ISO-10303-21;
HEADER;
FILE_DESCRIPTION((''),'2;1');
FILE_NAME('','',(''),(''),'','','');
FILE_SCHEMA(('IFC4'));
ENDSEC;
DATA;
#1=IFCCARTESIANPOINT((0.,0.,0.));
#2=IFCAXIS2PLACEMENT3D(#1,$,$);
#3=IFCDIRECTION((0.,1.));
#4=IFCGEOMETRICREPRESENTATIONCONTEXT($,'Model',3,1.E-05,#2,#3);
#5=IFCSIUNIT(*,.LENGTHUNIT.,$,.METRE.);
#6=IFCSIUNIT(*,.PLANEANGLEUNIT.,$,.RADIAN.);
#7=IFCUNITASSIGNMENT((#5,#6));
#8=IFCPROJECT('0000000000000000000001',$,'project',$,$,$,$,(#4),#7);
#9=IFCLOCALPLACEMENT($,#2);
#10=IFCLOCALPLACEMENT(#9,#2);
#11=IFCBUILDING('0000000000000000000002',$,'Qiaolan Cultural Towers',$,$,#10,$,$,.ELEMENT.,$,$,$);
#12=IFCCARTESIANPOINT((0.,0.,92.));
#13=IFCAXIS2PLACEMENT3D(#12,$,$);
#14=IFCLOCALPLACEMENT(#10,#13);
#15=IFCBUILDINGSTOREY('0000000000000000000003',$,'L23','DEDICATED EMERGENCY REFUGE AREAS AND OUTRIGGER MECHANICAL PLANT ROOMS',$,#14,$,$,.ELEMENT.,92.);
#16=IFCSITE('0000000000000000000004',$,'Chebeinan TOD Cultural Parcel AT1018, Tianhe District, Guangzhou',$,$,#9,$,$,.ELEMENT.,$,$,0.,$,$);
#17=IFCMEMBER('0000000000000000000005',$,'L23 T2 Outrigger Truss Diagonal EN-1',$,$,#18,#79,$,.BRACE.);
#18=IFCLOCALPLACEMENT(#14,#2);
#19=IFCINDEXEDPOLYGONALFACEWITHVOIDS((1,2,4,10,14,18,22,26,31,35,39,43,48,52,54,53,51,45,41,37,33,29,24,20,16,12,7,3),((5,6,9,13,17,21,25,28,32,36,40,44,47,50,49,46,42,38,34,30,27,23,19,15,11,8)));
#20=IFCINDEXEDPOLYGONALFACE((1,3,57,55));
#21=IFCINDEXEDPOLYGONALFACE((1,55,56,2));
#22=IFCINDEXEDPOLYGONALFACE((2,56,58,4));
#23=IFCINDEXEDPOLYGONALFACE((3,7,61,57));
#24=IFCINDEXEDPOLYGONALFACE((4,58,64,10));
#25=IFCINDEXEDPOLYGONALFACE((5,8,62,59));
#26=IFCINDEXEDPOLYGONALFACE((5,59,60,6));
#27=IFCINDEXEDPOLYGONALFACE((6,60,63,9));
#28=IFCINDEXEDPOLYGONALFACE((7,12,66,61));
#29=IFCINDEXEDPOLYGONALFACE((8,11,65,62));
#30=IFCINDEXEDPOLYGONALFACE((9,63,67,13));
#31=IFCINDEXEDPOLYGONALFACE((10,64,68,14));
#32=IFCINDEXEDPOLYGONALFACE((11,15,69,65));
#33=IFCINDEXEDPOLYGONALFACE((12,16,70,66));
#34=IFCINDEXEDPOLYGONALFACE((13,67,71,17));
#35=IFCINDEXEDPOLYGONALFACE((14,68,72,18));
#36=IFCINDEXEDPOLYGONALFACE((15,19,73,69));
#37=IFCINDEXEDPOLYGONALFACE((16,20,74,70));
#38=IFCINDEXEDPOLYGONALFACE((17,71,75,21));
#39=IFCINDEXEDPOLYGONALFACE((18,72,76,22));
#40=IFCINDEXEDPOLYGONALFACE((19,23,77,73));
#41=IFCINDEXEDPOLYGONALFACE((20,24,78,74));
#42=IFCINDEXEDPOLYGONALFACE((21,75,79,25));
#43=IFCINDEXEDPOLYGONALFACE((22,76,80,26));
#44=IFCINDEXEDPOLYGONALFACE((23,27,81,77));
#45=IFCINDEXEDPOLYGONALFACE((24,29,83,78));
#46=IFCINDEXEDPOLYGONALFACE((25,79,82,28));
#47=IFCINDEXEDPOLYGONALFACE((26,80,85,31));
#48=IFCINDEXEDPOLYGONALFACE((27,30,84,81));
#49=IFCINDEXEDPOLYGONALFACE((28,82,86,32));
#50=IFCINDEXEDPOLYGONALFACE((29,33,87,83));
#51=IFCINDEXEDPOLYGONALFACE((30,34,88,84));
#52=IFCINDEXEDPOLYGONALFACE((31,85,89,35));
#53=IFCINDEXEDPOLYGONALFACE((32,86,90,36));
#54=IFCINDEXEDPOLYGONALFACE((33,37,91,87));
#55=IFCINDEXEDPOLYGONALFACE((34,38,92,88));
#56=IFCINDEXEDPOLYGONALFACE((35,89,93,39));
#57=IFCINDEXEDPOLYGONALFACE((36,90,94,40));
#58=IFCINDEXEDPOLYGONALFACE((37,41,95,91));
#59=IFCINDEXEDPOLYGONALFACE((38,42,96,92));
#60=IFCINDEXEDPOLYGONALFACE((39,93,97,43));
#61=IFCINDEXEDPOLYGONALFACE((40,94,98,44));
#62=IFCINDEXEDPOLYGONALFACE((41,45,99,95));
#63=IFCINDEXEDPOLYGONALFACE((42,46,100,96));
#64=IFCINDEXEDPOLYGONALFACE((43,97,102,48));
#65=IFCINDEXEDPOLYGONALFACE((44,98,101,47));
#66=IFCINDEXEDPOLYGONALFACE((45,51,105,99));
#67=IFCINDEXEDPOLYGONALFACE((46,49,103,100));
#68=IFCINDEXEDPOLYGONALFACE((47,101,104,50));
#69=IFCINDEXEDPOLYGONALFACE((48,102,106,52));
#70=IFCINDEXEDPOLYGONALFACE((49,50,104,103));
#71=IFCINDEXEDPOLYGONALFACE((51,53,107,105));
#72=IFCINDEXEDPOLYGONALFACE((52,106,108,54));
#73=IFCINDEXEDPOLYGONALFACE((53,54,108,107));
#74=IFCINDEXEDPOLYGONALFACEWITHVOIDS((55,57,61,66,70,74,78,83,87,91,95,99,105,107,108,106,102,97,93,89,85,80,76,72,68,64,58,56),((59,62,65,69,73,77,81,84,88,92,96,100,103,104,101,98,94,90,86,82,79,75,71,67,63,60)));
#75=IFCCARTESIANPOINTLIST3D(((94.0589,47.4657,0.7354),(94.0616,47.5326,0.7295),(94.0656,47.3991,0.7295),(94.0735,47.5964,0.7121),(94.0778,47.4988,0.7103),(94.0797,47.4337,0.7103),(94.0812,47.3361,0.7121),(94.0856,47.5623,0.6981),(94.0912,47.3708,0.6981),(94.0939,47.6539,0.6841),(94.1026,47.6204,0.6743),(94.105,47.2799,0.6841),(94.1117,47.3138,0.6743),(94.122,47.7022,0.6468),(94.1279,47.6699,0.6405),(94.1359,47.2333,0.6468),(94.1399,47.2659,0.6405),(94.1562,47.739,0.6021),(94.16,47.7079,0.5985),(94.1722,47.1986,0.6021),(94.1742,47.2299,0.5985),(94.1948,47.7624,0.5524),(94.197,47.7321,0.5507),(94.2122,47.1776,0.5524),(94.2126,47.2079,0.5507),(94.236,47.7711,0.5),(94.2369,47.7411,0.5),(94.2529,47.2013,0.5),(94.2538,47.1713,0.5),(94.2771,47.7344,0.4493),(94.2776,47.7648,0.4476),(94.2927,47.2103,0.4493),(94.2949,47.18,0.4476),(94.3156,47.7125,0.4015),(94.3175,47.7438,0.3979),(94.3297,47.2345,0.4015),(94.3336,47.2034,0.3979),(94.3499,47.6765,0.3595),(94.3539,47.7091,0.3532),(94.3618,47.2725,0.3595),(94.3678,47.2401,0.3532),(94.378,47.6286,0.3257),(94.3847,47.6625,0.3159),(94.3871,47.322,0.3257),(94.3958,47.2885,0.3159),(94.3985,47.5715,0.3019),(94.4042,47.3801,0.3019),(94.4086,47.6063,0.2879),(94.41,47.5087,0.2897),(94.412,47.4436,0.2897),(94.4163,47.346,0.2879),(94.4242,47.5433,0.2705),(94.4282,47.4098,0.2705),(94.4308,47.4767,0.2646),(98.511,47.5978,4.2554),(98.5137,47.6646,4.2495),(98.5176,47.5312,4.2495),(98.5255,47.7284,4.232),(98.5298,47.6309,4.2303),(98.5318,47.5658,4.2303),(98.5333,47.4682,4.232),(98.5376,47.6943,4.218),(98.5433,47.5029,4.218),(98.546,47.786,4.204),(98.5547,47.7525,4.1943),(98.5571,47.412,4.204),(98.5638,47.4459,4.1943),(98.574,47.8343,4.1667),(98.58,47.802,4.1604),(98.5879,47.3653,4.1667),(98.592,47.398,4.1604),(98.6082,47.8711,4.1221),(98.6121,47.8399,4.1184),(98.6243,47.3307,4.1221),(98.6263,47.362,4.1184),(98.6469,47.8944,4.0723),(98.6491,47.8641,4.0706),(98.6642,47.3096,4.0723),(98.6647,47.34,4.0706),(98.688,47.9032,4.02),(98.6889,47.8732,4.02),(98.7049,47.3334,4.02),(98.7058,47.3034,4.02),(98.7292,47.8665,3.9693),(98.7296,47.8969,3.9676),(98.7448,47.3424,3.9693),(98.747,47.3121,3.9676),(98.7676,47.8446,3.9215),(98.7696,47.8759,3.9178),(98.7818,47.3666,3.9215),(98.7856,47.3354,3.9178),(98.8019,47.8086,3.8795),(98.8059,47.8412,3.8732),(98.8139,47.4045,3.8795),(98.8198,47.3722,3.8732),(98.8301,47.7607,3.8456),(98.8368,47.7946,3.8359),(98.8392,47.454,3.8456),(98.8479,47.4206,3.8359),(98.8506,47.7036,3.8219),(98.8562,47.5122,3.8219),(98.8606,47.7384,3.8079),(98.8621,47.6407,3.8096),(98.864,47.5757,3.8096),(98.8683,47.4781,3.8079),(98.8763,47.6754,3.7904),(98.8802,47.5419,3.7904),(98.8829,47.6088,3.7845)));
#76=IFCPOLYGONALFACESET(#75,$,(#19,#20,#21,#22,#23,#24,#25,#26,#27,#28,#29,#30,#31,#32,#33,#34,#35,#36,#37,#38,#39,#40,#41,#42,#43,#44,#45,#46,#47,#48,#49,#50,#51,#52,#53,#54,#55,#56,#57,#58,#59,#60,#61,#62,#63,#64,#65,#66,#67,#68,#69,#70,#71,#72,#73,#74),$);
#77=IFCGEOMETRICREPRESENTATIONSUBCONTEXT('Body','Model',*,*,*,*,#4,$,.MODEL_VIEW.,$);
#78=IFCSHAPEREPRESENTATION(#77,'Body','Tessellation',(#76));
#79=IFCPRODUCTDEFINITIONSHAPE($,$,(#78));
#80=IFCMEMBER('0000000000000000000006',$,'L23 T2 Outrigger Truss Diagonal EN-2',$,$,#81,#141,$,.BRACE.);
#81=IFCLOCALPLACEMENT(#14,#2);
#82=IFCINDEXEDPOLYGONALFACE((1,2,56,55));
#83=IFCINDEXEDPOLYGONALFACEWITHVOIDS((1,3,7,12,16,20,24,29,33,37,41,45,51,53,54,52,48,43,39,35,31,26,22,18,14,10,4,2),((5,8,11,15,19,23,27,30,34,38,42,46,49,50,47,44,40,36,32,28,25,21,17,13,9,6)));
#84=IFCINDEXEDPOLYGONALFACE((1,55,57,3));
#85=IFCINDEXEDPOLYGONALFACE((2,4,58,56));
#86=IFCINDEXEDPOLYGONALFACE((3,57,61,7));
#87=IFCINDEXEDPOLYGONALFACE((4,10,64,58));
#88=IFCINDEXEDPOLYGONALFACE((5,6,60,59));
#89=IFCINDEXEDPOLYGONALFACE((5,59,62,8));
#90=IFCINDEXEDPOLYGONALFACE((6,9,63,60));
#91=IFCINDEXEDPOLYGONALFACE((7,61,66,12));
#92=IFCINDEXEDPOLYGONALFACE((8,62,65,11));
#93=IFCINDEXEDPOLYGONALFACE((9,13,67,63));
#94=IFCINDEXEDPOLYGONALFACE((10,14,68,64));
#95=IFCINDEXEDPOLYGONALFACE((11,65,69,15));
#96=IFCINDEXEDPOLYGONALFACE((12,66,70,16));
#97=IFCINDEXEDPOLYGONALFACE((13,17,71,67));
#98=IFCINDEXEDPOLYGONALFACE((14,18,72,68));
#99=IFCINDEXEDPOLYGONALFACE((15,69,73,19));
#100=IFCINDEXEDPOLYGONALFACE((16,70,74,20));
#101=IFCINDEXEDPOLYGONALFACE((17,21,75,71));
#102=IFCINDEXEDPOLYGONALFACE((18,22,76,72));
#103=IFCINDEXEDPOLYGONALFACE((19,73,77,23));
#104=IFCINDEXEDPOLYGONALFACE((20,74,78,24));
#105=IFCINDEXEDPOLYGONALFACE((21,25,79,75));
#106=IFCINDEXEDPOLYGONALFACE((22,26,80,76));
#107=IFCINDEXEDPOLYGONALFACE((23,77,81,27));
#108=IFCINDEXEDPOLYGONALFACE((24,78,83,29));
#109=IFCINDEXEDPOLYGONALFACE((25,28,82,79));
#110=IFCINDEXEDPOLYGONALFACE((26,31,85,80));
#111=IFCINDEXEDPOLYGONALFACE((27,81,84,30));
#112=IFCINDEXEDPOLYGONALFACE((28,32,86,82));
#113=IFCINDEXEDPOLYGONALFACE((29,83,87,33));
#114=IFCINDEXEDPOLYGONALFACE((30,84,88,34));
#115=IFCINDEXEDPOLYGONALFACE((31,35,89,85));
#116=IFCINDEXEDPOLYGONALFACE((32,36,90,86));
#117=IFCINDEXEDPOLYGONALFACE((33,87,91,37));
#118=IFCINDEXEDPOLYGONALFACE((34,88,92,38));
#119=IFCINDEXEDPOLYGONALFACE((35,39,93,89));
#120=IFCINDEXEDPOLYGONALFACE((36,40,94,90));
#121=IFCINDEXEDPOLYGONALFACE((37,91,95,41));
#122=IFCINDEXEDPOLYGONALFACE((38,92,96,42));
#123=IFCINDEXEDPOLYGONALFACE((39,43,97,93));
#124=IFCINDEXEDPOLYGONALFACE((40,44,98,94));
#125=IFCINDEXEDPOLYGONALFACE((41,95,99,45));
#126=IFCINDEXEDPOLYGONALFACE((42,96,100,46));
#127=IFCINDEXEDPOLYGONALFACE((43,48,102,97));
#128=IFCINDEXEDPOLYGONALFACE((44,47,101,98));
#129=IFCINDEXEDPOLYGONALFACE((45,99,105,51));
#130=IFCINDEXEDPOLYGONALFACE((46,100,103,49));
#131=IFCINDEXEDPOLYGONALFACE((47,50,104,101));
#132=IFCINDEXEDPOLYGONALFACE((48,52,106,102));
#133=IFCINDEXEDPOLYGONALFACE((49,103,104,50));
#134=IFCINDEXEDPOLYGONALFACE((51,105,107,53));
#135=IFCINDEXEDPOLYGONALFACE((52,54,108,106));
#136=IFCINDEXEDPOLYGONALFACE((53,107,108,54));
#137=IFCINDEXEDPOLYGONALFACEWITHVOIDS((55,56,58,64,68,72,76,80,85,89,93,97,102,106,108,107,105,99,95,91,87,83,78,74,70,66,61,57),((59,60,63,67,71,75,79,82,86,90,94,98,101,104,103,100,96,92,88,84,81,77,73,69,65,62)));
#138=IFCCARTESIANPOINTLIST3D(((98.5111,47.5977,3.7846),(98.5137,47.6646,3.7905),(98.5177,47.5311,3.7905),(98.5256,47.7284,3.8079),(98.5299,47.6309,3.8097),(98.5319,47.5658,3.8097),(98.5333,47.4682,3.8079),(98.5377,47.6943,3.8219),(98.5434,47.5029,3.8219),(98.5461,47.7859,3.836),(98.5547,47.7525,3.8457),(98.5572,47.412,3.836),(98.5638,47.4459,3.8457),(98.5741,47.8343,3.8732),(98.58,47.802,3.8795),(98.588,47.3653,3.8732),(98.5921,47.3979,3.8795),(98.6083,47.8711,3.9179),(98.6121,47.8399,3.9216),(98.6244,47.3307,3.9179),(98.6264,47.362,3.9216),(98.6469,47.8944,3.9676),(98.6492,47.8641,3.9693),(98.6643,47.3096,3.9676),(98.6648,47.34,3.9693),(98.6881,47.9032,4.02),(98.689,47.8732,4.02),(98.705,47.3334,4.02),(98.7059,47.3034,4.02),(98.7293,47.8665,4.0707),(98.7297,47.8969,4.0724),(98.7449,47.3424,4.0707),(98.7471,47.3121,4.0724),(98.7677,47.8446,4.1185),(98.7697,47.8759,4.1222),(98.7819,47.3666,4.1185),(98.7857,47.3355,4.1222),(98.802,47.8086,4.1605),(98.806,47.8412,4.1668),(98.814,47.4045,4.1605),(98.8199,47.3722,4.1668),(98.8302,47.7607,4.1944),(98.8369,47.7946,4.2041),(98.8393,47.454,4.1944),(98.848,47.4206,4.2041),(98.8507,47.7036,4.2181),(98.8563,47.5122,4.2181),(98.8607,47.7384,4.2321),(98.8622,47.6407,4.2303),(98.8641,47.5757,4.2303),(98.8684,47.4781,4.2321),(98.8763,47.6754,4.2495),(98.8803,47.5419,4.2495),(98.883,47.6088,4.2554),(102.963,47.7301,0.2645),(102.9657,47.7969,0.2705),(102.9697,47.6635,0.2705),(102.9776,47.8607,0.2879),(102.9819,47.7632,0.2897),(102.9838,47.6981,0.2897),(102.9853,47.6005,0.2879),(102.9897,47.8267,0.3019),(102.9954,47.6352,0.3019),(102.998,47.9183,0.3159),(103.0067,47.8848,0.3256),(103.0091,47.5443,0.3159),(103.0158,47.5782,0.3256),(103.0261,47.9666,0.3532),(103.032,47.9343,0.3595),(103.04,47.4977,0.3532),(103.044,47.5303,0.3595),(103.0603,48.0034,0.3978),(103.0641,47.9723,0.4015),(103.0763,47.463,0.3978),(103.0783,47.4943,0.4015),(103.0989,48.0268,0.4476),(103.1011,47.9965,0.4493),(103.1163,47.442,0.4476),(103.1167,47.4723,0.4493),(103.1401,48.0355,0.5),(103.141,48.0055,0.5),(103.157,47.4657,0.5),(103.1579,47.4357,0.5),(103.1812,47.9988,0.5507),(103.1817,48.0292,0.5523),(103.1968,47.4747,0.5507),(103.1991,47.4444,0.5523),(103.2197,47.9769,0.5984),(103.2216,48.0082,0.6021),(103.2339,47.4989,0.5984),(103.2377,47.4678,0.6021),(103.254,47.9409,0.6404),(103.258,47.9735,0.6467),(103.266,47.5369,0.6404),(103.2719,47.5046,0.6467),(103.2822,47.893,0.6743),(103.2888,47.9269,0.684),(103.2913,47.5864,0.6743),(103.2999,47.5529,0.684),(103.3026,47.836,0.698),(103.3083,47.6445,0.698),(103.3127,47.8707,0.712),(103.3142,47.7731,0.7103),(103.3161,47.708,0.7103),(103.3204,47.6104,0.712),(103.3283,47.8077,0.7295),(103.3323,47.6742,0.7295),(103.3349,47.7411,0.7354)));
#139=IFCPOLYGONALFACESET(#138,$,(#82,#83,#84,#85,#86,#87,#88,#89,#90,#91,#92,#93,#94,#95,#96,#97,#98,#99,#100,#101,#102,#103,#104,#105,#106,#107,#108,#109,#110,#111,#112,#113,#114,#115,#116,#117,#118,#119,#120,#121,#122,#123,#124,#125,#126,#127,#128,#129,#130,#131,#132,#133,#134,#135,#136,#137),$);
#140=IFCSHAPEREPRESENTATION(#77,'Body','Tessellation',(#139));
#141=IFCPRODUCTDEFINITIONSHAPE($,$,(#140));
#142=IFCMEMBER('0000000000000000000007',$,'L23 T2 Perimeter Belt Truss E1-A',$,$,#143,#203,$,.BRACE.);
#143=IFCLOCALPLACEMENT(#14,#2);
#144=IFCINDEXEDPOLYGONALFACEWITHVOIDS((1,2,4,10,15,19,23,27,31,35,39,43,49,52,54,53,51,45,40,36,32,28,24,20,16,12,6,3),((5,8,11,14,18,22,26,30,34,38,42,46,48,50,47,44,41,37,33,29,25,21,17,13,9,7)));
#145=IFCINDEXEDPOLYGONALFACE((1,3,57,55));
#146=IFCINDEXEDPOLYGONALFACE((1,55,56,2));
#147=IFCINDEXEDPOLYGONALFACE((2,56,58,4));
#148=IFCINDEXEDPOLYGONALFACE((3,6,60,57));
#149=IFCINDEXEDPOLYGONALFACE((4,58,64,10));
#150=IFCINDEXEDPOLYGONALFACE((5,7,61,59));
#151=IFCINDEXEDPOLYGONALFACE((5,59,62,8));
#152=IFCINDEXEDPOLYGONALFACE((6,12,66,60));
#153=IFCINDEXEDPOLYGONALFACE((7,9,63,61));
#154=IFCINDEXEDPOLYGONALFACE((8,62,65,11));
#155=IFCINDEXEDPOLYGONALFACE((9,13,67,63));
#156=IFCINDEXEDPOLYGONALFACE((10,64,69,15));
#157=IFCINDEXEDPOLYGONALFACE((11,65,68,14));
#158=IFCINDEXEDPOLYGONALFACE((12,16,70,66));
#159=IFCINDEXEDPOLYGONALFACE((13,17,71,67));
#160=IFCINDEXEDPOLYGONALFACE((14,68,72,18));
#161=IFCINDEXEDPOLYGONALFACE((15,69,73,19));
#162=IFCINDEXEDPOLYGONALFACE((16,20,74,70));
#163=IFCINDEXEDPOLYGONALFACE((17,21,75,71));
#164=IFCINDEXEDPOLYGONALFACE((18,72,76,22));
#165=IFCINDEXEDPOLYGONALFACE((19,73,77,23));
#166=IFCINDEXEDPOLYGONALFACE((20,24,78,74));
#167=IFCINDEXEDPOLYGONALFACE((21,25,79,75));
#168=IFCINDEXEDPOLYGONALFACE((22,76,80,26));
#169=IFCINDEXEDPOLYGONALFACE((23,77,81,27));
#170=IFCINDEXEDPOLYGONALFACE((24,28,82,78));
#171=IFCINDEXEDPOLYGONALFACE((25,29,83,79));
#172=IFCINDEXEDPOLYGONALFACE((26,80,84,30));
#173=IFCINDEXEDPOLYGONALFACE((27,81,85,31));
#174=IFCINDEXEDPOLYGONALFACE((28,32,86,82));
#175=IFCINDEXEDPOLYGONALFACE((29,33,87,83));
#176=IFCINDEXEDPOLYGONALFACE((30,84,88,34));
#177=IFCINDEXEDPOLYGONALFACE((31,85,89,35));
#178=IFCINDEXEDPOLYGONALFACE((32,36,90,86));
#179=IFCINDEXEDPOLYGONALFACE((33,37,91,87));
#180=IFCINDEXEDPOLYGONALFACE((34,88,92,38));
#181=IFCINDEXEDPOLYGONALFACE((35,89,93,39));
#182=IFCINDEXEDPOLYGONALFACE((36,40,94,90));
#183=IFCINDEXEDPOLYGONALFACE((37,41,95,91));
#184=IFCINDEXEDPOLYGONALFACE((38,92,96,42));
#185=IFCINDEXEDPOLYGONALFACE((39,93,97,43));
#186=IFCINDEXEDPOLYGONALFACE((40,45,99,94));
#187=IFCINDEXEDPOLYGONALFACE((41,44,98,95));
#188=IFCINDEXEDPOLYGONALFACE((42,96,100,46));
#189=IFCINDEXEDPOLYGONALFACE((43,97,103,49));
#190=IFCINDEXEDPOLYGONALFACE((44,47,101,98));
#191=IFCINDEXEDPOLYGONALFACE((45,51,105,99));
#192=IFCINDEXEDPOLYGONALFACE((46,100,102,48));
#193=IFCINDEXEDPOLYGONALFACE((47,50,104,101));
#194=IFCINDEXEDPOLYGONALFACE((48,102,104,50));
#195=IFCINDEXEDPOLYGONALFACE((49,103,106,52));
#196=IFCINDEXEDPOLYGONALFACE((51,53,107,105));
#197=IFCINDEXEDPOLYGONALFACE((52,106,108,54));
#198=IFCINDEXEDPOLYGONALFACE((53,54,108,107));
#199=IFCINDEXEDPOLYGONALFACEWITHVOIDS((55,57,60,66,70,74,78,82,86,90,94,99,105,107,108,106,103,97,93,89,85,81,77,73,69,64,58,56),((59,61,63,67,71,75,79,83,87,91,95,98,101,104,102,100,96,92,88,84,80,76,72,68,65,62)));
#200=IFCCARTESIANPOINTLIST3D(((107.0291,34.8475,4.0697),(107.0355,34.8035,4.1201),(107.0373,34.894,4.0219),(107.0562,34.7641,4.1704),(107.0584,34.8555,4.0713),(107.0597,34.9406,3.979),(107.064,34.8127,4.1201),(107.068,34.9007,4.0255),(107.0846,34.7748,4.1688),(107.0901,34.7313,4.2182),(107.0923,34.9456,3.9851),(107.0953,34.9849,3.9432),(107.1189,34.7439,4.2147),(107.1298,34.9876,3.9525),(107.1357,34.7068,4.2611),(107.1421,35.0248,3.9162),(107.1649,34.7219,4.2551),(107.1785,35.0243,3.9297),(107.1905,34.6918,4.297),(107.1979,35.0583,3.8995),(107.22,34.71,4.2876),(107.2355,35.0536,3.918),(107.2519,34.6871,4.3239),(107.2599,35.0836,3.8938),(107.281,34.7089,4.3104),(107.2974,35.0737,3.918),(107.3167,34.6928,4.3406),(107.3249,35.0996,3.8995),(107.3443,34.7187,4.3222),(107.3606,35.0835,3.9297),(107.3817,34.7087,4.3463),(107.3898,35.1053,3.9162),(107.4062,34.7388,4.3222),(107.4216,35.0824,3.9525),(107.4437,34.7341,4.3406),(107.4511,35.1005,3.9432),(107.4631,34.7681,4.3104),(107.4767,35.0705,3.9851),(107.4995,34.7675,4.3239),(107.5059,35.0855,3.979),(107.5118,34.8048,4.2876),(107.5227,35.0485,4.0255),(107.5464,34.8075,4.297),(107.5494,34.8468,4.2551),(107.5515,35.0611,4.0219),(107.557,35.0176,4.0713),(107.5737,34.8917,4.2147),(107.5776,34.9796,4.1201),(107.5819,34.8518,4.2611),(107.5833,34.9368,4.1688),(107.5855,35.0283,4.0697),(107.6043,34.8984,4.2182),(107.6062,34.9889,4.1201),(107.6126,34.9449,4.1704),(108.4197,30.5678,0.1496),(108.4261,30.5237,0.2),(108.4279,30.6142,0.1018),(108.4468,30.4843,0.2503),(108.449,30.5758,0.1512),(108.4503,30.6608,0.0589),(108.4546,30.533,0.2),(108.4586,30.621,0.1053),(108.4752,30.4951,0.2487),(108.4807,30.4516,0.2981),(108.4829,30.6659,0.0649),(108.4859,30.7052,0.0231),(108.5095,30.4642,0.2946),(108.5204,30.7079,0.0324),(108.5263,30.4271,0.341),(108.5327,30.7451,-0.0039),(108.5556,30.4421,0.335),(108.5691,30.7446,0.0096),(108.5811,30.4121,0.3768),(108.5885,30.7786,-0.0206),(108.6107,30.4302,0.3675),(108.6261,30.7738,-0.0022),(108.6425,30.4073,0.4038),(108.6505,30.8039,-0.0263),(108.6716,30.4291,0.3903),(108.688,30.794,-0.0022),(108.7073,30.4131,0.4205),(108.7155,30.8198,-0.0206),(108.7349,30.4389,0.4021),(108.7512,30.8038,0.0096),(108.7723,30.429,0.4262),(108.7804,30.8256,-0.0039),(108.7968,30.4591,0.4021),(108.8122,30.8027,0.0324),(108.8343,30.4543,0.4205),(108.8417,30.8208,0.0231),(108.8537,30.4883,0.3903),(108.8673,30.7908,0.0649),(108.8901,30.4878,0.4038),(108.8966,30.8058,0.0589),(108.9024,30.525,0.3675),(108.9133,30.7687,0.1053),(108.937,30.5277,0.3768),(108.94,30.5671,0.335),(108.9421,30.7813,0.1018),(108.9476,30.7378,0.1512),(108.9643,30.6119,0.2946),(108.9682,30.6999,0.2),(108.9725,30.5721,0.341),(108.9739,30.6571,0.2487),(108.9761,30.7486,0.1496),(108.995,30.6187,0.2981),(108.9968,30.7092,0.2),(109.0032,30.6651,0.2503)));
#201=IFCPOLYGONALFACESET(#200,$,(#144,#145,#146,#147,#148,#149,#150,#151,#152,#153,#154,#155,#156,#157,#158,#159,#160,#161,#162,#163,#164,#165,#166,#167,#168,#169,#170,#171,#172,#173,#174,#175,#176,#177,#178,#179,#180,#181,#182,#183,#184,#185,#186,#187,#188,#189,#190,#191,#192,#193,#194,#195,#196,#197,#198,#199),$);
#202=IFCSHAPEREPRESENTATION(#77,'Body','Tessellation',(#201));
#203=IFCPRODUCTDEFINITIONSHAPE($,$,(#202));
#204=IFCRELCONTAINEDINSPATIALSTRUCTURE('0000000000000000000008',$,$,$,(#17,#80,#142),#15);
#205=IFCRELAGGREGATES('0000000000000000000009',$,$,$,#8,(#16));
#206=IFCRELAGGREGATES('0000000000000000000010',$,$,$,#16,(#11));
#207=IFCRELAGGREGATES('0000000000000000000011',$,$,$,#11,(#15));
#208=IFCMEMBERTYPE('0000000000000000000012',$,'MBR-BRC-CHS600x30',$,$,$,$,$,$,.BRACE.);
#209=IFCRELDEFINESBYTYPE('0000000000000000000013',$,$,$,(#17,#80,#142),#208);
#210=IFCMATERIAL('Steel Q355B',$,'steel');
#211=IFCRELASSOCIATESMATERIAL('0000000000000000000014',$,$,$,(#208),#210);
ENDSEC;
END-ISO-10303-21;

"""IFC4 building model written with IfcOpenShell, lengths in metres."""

from ifc_helpers import new_model, si_unit, direction, frame, origin, origin_2d, place, context, subcontext, project, spatial, hollow_circle, extrude, material, material_profile, profile_set, type_object, element, save


model = new_model("IFC4")

# Units and contexts
model_context = context("Model", 3, precision=1e-05, world=origin(), true_north=direction((0.0, 1.0)))
body_context = subcontext(model_context, "Body", "Model", "MODEL_VIEW")
ifc_project = project(units=[si_unit("LENGTHUNIT", "METRE"), si_unit("PLANEANGLEUNIT", "RADIAN")], contexts=[model_context])

# Site, building, storey
site_placement = place(None, origin())
site = spatial("IfcSite", under=ifc_project, at=site_placement, Name="Chebeinan TOD Cultural Parcel AT1018, Tianhe District, Guangzhou", CompositionType="ELEMENT", RefElevation=0.0)
building_placement = place(site_placement, origin())
building = spatial("IfcBuilding", under=site, at=building_placement, Name="Qiaolan Cultural Towers", CompositionType="ELEMENT")
storey_placement = place(building_placement, frame((0.0, 0.0, 92.0)))
storey = spatial("IfcBuildingStorey", under=building, at=storey_placement, Name="L23", Description="DEDICATED EMERGENCY REFUGE AREAS AND OUTRIGGER MECHANICAL PLANT ROOMS", CompositionType="ELEMENT", Elevation=92.0)

# Members
ifc_material_1 = material(Name="Steel Q355B", Category="steel")
ifc_material_profile_1 = material_profile(ifc_material_1, hollow_circle(Radius=0.3, WallThickness=0.03, at=origin_2d()), Name="CHS600x30")
ifc_profile_set_1 = profile_set([ifc_material_profile_1], Name="Steel Q355B")
member_type_1 = type_object("IfcMemberType", Name="MBR-BRC-CHS600x30", PredefinedType="BRACE", material=ifc_profile_set_1)
for number, where, z_axis, x_axis, name in (
    (1, (94.2449, 47.4712, 0.5), (0.784228, 0.023265, 0.620037), (-0.029654, 0.99956, 0.0), "L23 T2 Outrigger Truss Diagonal EN-1"),
    (2, (98.697, 47.6033, 4.02), (0.78421, 0.023309, -0.620057), (-0.02971, 0.999559, 0.0), "L23 T2 Outrigger Truss Diagonal EN-2"),
):
    element("IfcMember", number, at=place(storey_placement, frame(where, z_axis=z_axis, x_axis=x_axis)), inside=storey, type_object=member_type_1, Name=name, PredefinedType="BRACE", context=body_context, shape_type="SweptSolid", body=[
        extrude(hollow_circle(Radius=0.3, WallThickness=0.03, at=origin_2d()), origin(), (0.0, 0.0, 1.0), 5.677),
    ])
for number, where, z_axis, x_axis, name in (
    (3, (108.7114, 30.6165, 0.2), (-0.23301, 0.717111, 0.656854), (-0.951054, -0.309025, 0.0), "L23 T2 Perimeter Belt Truss E1-A"),
):
    element("IfcMember", number, at=place(storey_placement, frame(where, z_axis=z_axis, x_axis=x_axis)), inside=storey, type_object=member_type_1, Name=name, PredefinedType="BRACE", context=body_context, shape_type="SweptSolid", body=[
        extrude(hollow_circle(Radius=0.3, WallThickness=0.03, at=origin_2d()), origin(), (0.0, 0.0, 1.0), 5.968),
    ])

save(model, "model.ifc")
